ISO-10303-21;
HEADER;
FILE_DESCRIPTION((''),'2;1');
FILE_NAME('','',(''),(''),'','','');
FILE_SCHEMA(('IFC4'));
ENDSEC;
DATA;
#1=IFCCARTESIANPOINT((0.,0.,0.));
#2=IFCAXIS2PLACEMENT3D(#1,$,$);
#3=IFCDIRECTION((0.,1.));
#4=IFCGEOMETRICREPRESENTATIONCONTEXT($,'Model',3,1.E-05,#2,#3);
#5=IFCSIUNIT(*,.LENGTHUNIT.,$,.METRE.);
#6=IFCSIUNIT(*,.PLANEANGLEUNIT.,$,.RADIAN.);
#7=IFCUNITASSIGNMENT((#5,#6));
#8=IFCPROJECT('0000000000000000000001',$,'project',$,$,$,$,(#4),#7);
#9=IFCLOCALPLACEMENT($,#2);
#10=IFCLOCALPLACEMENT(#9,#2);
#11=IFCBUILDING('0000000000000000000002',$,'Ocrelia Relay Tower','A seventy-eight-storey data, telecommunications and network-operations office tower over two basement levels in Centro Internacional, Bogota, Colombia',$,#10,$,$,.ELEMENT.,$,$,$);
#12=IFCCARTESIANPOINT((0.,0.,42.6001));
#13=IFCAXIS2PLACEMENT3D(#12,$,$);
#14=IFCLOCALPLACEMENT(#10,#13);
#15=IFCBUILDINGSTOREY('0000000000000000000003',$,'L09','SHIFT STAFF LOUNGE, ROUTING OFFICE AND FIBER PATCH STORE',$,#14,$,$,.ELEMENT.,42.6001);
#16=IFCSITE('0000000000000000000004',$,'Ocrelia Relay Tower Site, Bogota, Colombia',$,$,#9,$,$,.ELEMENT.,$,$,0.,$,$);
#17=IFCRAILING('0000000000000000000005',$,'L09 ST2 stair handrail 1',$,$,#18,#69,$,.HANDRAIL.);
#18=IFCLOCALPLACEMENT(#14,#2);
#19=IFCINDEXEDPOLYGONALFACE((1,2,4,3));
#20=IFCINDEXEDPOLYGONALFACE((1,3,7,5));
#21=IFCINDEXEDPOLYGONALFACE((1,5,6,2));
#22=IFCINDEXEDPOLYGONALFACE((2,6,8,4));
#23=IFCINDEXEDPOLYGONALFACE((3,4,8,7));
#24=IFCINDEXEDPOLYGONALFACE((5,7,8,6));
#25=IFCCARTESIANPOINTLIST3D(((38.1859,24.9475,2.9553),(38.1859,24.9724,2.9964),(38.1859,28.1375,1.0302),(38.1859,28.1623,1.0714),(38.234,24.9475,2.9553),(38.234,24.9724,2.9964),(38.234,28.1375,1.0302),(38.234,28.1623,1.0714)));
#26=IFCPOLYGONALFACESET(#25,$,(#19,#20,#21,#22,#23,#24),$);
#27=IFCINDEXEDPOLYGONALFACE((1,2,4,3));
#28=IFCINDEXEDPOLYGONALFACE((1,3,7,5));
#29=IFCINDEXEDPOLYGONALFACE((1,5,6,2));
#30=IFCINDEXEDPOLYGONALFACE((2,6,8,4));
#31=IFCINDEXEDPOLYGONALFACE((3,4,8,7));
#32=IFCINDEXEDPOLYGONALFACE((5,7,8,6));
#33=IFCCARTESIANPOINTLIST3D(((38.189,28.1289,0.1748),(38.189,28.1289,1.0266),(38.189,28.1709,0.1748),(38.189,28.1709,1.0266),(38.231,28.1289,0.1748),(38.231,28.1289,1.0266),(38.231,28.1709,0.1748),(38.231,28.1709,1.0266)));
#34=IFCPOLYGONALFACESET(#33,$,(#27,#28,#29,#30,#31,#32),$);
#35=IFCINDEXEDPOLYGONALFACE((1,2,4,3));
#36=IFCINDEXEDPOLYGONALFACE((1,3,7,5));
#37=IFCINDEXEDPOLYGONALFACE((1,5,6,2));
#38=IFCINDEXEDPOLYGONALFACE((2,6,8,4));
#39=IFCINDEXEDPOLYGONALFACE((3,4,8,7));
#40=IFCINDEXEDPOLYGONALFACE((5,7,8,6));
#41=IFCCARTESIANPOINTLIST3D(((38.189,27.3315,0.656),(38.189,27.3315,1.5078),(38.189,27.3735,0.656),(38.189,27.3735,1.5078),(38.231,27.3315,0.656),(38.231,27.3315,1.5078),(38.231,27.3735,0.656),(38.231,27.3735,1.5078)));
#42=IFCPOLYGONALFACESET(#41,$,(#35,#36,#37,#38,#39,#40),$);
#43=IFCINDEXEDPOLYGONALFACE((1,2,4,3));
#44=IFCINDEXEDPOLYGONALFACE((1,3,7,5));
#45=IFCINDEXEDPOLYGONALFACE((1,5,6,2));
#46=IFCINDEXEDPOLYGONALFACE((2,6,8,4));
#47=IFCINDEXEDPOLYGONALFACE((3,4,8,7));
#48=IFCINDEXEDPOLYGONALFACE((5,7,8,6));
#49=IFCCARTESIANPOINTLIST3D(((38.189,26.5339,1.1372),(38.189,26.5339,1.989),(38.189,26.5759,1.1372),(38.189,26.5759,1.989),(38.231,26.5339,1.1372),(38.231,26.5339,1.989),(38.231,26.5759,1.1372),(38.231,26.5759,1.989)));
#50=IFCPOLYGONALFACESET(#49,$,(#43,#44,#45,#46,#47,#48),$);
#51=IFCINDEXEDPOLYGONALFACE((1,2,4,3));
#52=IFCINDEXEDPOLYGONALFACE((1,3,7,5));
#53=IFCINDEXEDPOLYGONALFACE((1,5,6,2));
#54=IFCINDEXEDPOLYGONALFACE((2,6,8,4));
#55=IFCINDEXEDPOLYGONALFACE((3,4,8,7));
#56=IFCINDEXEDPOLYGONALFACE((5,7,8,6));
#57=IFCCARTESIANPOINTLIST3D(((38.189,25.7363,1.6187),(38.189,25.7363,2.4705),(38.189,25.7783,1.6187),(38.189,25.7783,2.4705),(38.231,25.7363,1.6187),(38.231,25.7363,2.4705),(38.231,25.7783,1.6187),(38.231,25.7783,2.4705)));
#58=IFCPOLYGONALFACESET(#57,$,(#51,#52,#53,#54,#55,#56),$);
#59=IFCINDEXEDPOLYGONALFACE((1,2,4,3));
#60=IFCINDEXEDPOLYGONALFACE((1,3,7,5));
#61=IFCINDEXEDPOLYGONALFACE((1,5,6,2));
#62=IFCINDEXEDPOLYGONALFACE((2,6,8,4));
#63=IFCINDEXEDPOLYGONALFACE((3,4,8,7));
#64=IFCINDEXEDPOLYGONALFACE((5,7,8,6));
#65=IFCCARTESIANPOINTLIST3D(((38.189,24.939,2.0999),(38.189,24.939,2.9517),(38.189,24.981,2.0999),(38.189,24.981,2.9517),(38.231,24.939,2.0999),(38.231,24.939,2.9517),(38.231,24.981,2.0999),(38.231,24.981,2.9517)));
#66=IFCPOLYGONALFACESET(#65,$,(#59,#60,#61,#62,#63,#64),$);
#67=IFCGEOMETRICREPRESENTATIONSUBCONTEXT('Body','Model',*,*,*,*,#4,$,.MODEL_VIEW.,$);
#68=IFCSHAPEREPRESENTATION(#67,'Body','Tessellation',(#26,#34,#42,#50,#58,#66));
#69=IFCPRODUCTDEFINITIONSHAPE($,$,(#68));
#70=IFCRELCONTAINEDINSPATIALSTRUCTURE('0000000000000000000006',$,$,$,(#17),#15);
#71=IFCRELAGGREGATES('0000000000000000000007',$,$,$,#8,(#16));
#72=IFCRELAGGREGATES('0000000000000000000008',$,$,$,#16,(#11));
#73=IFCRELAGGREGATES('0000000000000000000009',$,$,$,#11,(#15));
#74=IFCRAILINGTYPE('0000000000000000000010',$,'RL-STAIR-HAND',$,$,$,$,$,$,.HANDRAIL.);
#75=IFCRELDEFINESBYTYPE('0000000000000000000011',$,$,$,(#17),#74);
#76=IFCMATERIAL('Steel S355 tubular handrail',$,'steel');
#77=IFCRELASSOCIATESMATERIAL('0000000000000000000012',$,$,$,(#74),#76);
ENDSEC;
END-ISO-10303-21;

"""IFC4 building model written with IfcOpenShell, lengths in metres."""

from ifc_helpers import new_model, si_unit, direction, frame, origin, origin_2d, place, context, subcontext, project, spatial, rectangle, extrude, material, type_object, element, save


model = new_model("IFC4")

# Units and contexts
model_context = context("Model", 3, precision=1e-05, world=origin(), true_north=direction((0.0, 1.0)))
body_context = subcontext(model_context, "Body", "Model", "MODEL_VIEW")
ifc_project = project(units=[si_unit("LENGTHUNIT", "METRE"), si_unit("PLANEANGLEUNIT", "RADIAN")], contexts=[model_context])

# Site, building, storey
site_placement = place(None, origin())
site = spatial("IfcSite", under=ifc_project, at=site_placement, Name="Ocrelia Relay Tower Site, Bogota, Colombia", CompositionType="ELEMENT", RefElevation=0.0)
building_placement = place(site_placement, origin())
building = spatial("IfcBuilding", under=site, at=building_placement, Name="Ocrelia Relay Tower", Description="A seventy-eight-storey data, telecommunications and network-operations office tower over two basement levels in Centro Internacional, Bogota, Colombia", CompositionType="ELEMENT")
storey_placement = place(building_placement, frame((0.0, 0.0, 42.6001)))
storey = spatial("IfcBuildingStorey", under=building, at=storey_placement, Name="L09", Description="SHIFT STAFF LOUNGE, ROUTING OFFICE AND FIBER PATCH STORE", CompositionType="ELEMENT", Elevation=42.6001)

# Railing
ifc_material_1 = material(Name="Steel S355 tubular handrail", Category="steel")
railing_type_1 = type_object("IfcRailingType", Name="RL-STAIR-HAND", PredefinedType="HANDRAIL", material=ifc_material_1)
railing_1_placement = place(storey_placement, frame((38.21, 28.1499, 0.1748)))
element("IfcRailing", 1, at=railing_1_placement, inside=storey, type_object=railing_type_1, Name="L09 ST2 stair handrail 1", PredefinedType="HANDRAIL", context=body_context, shape_type="SweptSolid", body=[
    extrude(rectangle(XDim=0.0481, YDim=0.0481, at=origin_2d()), frame((0.0, 0.0, 0.876), z_axis=(0.0, -0.856178, 0.516682), x_axis=(1.0, 0.0, 0.0)), (0.0, 0.0, 1.0), 3.7258),
    extrude(rectangle(XDim=0.042, YDim=0.042, at=origin_2d()), origin(), (0.0, 0.0, 1.0), 0.8518),
    extrude(rectangle(XDim=0.042, YDim=0.042, at=origin_2d()), frame((0.0, -0.7974, 0.4812)), (0.0, 0.0, 1.0), 0.8518),
    extrude(rectangle(XDim=0.042, YDim=0.042, at=origin_2d()), frame((0.0, -1.595, 0.9624)), (0.0, 0.0, 1.0), 0.8518),
    extrude(rectangle(XDim=0.042, YDim=0.042, at=origin_2d()), frame((0.0, -2.3926, 1.4438)), (0.0, 0.0, 1.0), 0.8518),
    extrude(rectangle(XDim=0.042, YDim=0.042, at=origin_2d()), frame((0.0, -3.1899, 1.925)), (0.0, 0.0, 1.0), 0.8518),
])

save(model, "model.ifc")
